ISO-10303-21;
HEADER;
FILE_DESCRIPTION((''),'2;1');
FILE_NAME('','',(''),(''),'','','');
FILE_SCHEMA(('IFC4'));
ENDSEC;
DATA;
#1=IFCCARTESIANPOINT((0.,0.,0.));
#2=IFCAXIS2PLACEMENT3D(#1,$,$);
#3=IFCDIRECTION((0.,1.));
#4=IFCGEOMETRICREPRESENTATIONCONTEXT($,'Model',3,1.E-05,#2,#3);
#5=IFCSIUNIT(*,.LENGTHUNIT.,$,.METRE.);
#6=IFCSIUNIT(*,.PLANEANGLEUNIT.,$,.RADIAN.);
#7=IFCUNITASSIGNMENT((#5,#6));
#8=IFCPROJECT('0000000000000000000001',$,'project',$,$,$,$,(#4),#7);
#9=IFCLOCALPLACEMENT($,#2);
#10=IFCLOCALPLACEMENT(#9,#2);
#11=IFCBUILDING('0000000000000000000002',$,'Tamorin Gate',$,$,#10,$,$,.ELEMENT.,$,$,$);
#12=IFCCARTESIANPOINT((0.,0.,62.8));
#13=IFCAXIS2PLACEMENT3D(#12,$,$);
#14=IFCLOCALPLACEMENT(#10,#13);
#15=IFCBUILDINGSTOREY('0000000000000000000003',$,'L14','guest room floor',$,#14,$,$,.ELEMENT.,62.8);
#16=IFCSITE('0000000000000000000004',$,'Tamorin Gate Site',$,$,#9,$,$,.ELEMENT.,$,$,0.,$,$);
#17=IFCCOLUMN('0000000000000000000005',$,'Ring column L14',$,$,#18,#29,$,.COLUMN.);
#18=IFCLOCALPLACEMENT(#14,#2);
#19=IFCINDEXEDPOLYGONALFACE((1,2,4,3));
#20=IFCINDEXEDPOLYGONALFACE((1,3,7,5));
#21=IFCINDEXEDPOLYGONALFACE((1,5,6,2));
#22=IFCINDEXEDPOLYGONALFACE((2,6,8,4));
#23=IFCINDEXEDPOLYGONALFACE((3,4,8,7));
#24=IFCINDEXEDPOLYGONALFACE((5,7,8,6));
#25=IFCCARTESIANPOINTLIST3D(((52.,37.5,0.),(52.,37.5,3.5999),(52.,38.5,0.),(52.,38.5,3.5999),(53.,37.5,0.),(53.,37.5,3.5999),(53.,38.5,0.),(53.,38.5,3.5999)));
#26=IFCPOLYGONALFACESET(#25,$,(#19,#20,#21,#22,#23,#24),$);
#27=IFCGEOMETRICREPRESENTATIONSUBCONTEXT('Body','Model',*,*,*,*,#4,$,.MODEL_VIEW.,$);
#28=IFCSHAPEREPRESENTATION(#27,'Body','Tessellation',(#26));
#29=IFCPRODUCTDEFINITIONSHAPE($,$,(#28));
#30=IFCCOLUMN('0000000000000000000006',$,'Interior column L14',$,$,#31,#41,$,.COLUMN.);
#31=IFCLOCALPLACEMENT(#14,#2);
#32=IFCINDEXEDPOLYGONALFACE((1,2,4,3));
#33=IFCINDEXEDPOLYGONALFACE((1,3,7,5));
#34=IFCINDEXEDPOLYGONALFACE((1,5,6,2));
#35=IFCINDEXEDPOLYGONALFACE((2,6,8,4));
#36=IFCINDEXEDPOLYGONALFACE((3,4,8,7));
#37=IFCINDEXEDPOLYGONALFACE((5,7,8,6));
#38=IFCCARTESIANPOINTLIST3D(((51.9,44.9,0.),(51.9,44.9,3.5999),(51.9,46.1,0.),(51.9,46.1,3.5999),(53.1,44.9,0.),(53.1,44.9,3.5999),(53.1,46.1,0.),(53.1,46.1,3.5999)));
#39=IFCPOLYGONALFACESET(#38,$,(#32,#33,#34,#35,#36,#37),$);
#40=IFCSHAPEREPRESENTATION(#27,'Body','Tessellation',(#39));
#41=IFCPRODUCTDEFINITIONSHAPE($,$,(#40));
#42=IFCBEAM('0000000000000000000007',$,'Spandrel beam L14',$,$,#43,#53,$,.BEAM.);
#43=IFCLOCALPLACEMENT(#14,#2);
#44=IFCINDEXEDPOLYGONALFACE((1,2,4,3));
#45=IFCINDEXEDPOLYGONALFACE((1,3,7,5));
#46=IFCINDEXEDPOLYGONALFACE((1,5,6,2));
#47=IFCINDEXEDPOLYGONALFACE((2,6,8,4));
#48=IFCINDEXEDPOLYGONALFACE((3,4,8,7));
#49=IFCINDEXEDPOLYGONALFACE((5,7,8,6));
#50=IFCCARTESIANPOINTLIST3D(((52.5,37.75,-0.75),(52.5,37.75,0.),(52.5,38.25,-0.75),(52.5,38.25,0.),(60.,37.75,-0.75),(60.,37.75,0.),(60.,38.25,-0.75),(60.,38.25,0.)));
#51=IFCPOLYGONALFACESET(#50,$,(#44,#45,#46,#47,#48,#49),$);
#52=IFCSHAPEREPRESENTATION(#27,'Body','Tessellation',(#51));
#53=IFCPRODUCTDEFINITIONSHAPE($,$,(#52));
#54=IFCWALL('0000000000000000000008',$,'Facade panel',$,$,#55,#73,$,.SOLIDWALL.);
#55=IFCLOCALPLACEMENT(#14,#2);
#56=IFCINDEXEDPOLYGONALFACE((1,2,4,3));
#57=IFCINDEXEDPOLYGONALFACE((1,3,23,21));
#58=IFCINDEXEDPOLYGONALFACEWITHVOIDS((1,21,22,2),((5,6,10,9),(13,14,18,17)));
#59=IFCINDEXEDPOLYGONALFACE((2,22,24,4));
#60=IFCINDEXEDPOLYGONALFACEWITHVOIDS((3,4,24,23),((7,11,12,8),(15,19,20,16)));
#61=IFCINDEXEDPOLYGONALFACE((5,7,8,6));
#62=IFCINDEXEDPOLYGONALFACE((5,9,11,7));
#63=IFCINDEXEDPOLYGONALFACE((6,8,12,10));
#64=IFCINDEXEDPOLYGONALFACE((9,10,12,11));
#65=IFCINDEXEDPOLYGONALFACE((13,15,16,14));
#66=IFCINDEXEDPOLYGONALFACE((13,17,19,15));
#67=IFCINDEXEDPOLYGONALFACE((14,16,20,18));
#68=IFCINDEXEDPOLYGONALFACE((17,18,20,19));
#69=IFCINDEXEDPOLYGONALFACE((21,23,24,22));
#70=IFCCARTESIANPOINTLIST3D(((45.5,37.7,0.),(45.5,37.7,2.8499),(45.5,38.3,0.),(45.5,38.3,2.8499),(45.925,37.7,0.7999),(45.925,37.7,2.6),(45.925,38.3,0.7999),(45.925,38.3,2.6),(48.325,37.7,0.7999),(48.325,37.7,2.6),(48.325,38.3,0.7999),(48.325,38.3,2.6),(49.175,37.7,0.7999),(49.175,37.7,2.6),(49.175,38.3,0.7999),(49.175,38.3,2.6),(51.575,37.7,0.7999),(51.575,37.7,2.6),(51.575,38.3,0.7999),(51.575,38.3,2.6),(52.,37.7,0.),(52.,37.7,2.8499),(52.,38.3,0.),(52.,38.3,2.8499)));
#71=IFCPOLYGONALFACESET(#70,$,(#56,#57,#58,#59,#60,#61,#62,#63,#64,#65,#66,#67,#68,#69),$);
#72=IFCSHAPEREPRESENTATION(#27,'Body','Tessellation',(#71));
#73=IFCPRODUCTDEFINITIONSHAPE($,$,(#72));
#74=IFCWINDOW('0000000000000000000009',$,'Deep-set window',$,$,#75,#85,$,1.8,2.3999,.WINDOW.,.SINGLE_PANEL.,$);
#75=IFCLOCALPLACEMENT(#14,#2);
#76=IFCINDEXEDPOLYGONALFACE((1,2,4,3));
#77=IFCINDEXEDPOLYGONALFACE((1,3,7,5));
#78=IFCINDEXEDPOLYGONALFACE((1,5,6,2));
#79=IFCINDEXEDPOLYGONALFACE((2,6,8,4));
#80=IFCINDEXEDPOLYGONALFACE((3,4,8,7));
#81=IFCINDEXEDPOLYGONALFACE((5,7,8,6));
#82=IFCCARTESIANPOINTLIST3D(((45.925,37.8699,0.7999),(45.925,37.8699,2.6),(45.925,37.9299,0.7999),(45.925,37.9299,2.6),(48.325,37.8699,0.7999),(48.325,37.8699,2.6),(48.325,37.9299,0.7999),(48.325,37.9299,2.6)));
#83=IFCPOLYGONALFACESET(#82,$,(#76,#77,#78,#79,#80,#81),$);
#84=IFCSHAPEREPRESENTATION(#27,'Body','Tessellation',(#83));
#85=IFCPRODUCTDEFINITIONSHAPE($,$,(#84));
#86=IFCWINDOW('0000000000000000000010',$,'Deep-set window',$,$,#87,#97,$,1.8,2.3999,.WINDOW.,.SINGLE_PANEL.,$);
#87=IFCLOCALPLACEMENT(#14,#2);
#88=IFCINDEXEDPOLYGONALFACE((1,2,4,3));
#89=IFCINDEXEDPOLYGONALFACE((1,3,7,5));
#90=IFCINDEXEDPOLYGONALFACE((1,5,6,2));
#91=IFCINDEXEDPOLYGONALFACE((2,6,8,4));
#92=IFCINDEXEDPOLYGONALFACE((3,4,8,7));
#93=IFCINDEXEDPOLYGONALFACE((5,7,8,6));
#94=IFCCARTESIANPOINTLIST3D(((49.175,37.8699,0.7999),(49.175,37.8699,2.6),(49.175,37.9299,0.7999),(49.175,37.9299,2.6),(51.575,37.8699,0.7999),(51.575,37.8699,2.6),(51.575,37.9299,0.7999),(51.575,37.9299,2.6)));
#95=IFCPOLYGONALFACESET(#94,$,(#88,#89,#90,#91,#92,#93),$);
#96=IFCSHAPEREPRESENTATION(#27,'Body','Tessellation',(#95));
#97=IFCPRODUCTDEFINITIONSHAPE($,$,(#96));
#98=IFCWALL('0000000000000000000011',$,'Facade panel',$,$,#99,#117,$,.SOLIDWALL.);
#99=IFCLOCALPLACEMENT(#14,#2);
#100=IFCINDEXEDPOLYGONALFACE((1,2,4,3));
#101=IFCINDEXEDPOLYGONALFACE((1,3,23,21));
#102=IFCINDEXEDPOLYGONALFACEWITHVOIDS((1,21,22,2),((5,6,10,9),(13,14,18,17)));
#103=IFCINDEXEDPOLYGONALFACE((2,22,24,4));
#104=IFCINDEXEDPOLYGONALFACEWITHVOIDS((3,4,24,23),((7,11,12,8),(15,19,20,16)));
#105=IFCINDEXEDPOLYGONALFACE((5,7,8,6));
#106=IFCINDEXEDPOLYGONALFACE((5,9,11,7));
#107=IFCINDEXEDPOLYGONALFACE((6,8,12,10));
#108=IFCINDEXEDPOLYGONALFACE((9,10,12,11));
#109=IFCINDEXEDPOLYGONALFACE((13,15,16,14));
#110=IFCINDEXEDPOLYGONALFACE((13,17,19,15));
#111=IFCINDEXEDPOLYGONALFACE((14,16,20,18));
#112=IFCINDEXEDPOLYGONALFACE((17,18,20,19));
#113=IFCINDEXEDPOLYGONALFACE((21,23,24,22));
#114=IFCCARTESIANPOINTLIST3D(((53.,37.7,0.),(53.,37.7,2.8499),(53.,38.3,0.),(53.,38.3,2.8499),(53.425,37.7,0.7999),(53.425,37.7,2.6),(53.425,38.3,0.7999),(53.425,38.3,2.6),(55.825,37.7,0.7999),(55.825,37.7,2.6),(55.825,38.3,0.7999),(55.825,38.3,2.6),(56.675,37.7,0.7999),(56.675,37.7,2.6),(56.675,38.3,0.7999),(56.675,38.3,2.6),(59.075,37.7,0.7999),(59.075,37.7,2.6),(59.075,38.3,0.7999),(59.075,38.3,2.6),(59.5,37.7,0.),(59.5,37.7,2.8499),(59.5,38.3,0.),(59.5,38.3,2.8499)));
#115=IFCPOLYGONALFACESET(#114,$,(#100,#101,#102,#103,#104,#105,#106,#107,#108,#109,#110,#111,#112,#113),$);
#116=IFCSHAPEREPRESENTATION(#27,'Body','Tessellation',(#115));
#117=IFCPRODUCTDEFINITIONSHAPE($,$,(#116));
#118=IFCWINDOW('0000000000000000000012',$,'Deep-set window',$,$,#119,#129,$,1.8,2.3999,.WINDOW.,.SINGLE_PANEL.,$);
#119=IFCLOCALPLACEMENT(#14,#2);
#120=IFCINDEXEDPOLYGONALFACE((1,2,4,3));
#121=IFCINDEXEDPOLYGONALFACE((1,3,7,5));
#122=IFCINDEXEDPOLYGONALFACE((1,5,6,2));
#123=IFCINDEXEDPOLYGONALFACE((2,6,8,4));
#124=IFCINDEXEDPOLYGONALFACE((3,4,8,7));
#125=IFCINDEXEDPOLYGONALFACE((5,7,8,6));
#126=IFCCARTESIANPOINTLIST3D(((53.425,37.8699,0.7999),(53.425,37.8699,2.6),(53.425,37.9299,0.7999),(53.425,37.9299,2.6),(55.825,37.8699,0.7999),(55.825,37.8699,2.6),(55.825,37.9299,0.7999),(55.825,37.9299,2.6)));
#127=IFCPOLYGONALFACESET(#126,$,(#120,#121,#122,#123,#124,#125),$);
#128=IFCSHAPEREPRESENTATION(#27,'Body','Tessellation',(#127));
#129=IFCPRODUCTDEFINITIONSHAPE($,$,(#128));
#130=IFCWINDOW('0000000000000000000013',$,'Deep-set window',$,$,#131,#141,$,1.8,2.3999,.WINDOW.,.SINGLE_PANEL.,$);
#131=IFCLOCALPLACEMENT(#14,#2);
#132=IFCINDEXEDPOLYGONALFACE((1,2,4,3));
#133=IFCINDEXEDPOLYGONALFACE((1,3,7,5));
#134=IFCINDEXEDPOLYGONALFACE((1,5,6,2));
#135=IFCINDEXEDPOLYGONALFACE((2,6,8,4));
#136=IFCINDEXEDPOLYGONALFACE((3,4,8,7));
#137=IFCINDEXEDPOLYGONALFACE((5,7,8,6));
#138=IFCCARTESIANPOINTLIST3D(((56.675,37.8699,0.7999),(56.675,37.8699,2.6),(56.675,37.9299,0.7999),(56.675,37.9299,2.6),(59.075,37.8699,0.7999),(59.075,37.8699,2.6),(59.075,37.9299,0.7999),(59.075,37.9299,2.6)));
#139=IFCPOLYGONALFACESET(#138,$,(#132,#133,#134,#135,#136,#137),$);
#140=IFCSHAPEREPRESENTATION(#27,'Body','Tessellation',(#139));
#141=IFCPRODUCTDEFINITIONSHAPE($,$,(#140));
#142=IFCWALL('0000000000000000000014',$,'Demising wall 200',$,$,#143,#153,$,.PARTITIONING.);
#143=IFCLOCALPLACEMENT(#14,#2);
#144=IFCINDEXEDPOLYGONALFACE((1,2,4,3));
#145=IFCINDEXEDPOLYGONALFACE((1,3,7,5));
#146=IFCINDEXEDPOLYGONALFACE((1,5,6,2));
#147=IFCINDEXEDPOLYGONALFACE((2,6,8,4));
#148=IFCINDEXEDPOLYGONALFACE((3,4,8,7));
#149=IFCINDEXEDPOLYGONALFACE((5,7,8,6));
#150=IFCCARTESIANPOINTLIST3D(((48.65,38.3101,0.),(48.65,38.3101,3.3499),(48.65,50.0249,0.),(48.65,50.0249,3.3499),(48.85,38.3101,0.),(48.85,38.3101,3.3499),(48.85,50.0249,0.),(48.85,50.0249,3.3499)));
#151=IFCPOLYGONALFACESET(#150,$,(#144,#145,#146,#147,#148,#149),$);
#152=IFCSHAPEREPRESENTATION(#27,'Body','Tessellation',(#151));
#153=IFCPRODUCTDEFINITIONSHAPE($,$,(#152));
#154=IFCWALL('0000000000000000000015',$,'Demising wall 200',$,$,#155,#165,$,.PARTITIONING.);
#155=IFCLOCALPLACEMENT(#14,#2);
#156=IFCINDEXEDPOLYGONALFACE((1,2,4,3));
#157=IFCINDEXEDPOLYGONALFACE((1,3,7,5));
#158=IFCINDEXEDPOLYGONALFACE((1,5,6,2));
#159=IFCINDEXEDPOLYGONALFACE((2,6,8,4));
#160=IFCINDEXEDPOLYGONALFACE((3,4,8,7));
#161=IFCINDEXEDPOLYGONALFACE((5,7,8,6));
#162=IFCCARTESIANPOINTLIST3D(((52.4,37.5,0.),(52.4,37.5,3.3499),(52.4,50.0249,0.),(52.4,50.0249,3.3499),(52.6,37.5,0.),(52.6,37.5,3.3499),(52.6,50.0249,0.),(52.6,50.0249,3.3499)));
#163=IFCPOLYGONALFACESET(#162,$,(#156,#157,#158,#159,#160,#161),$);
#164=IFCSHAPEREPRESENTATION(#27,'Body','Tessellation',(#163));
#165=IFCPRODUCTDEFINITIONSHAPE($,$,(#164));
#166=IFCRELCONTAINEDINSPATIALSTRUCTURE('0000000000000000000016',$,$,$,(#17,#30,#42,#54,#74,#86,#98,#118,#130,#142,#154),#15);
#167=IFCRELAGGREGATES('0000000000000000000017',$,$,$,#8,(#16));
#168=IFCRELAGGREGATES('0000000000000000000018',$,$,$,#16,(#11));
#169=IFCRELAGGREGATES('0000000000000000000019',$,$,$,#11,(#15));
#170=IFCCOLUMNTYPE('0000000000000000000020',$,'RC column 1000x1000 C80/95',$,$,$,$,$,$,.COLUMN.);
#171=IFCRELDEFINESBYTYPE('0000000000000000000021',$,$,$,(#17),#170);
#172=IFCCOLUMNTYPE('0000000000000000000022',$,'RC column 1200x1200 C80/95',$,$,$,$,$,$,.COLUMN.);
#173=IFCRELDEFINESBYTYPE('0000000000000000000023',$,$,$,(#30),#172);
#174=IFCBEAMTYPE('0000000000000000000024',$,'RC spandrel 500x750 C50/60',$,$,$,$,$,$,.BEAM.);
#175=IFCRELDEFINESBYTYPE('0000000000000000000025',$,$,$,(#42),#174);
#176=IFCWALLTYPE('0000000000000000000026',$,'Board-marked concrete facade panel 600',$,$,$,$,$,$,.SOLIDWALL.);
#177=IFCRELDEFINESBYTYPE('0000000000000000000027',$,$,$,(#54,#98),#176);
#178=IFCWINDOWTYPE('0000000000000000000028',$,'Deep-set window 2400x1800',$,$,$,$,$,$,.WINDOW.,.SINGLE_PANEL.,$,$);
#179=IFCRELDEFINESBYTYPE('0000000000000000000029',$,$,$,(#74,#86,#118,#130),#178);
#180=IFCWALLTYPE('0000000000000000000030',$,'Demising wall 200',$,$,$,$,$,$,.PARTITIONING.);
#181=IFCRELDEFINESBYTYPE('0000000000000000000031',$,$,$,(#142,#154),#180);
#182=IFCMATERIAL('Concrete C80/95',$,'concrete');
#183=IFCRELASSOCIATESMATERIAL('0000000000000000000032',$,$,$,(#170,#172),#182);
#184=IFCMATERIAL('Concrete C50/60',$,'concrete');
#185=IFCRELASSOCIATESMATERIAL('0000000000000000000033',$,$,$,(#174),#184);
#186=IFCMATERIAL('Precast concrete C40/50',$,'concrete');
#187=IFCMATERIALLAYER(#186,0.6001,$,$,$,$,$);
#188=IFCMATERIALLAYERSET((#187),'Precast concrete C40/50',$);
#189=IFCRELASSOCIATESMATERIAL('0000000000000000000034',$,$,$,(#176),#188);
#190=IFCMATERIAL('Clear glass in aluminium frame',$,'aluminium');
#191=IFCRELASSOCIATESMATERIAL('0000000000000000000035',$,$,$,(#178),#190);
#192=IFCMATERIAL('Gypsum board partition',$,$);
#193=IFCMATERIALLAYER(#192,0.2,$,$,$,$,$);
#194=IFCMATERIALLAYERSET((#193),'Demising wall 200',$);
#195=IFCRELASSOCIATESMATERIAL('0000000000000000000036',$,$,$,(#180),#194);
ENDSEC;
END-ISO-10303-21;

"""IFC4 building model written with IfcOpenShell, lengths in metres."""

from ifc_helpers import new_model, si_unit, direction, frame, frame_2d, origin, origin_2d, place, context, subcontext, project, spatial, rectangle, extrude, material, layer, layer_set, material_profile, profile_set, type_object, element, fill, save


model = new_model("IFC4")

# Units and contexts
model_context = context("Model", 3, precision=1e-05, world=origin(), true_north=direction((0.0, 1.0)))
body_context = subcontext(model_context, "Body", "Model", "MODEL_VIEW")
ifc_project = project(units=[si_unit("LENGTHUNIT", "METRE"), si_unit("PLANEANGLEUNIT", "RADIAN")], contexts=[model_context])

# Site, building, storey
site_placement = place(None, origin())
site = spatial("IfcSite", under=ifc_project, at=site_placement, Name="Tamorin Gate Site", CompositionType="ELEMENT", RefElevation=0.0)
building_placement = place(site_placement, origin())
building = spatial("IfcBuilding", under=site, at=building_placement, Name="Tamorin Gate", CompositionType="ELEMENT")
storey_placement = place(building_placement, frame((0.0, 0.0, 62.8)))
storey = spatial("IfcBuildingStorey", under=building, at=storey_placement, Name="L14", Description="guest room floor", CompositionType="ELEMENT", Elevation=62.8)

# Columns
ifc_material_1 = material(Name="Concrete C80/95", Category="concrete")
ifc_material_profile_1 = material_profile(ifc_material_1, rectangle(XDim=1.0, YDim=1.0, at=origin_2d()), Name="RC 1000x1000")
ifc_profile_set_1 = profile_set([ifc_material_profile_1], Name="Concrete C80/95")
column_type_1 = type_object("IfcColumnType", Name="RC column 1000x1000 C80/95", PredefinedType="COLUMN", material=ifc_profile_set_1)
column_1_placement = place(storey_placement, frame((52.5, 38.0, 0.0), z_axis=(0.0, 0.0, 1.0), x_axis=(1.0, 0.0, 0.0)))
element("IfcColumn", 1, at=column_1_placement, inside=storey, type_object=column_type_1, Name="Ring column L14", PredefinedType="COLUMN", context=body_context, shape_type="SweptSolid", body=[
    extrude(rectangle(XDim=1.0, YDim=1.0, at=origin_2d()), origin(), (0.0, 0.0, 1.0), 3.5999),
])
ifc_material_profile_2 = material_profile(ifc_material_1, rectangle(XDim=1.2, YDim=1.2, at=origin_2d()), Name="RC 1200x1200")
ifc_profile_set_2 = profile_set([ifc_material_profile_2], Name="Concrete C80/95")
column_type_2 = type_object("IfcColumnType", Name="RC column 1200x1200 C80/95", PredefinedType="COLUMN", material=ifc_profile_set_2)
column_2_placement = place(storey_placement, frame((52.5, 45.5, 0.0), z_axis=(0.0, 0.0, 1.0), x_axis=(1.0, 0.0, 0.0)))
element("IfcColumn", 2, at=column_2_placement, inside=storey, type_object=column_type_2, Name="Interior column L14", PredefinedType="COLUMN", context=body_context, shape_type="SweptSolid", body=[
    extrude(rectangle(XDim=1.2, YDim=1.2, at=origin_2d()), origin(), (0.0, 0.0, 1.0), 3.5999),
])

# Beam
ifc_material_2 = material(Name="Concrete C50/60", Category="concrete")
ifc_material_profile_3 = material_profile(ifc_material_2, rectangle(XDim=0.5, YDim=0.75, at=origin_2d()), Name="RC 500x750")
ifc_profile_set_3 = profile_set([ifc_material_profile_3], Name="Concrete C50/60")
beam_type = type_object("IfcBeamType", Name="RC spandrel 500x750 C50/60", PredefinedType="BEAM", material=ifc_profile_set_3)
beam_placement = place(storey_placement, frame((52.5, 38.0, -0.375), z_axis=(1.0, 0.0, 0.0), x_axis=(0.0, 1.0, 0.0)))
element("IfcBeam", 3, at=beam_placement, inside=storey, type_object=beam_type, Name="Spandrel beam L14", PredefinedType="BEAM", context=body_context, shape_type="SweptSolid", body=[
    extrude(rectangle(XDim=0.5, YDim=0.75, at=origin_2d()), origin(), (0.0, 0.0, 1.0), 7.5),
])

# Walls, openings, windows
ifc_material_3 = material(Name="Precast concrete C40/50", Category="concrete")
ifc_layer_1 = layer(ifc_material_3, 0.6001)
ifc_layer_set_1 = layer_set([ifc_layer_1], Name="Precast concrete C40/50")
wall_type_1 = type_object("IfcWallType", Name="Board-marked concrete facade panel 600", PredefinedType="SOLIDWALL", material=ifc_layer_set_1)
wall_1_placement = place(storey_placement, frame((45.5, 38.0, 0.0), z_axis=(0.0, 0.0, 1.0), x_axis=(1.0, 0.0, 0.0)))
wall_1 = element("IfcWall", 4, at=wall_1_placement, inside=storey, type_object=wall_type_1, Name="Facade panel", PredefinedType="SOLIDWALL", context=body_context, shape_type="SweptSolid", body=[
    extrude(rectangle(XDim=6.5, YDim=0.6001, at=frame_2d((3.25, 0.0))), origin(), (0.0, 0.0, 1.0), 2.8499),
])
opening_1_placement = place(wall_1_placement, frame((0.425, 0.0, 0.8)))
opening_1 = element("IfcOpeningElement", 5, at=opening_1_placement, cuts=wall_1, PredefinedType="OPENING", context=body_context, shape_type="SweptSolid", body=[
    extrude(rectangle(XDim=2.3999, YDim=1.8, at=frame_2d((1.2, 0.8999))), frame((0.0, 0.3101, 0.0), z_axis=(0.0, -1.0, 0.0), x_axis=(1.0, 0.0, 0.0)), (0.0, 0.0, 1.0), 0.6201),
])
opening_2_placement = place(wall_1_placement, frame((3.675, 0.0, 0.8)))
opening_2 = element("IfcOpeningElement", 6, at=opening_2_placement, cuts=wall_1, PredefinedType="OPENING", context=body_context, shape_type="SweptSolid", body=[
    extrude(rectangle(XDim=2.3999, YDim=1.8, at=frame_2d((1.2, 0.8999))), frame((0.0, 0.3101, 0.0), z_axis=(0.0, -1.0, 0.0), x_axis=(1.0, 0.0, 0.0)), (0.0, 0.0, 1.0), 0.6201),
])
ifc_material_4 = material(Name="Clear glass in aluminium frame", Category="aluminium")
window_type = type_object("IfcWindowType", Name="Deep-set window 2400x1800", PartitioningType="SINGLE_PANEL", PredefinedType="WINDOW", material=ifc_material_4)
window_1_placement = place(opening_1_placement, origin())
window_1 = element("IfcWindow", 7, at=window_1_placement, inside=storey, type_object=window_type, Name="Deep-set window", OverallHeight=1.8, OverallWidth=2.3999, PartitioningType="SINGLE_PANEL", PredefinedType="WINDOW", context=body_context, shape_type="SweptSolid", body=[
    extrude(rectangle(XDim=2.3999, YDim=1.8, at=frame_2d((1.2, 0.8999))), frame((0.0, -0.0701, 0.0), z_axis=(0.0, -1.0, 0.0), x_axis=(1.0, 0.0, 0.0)), (0.0, 0.0, 1.0), 0.0601),
])
fill(opening_1, window_1)
window_2_placement = place(opening_2_placement, origin())
window_2 = element("IfcWindow", 8, at=window_2_placement, inside=storey, type_object=window_type, Name="Deep-set window", OverallHeight=1.8, OverallWidth=2.3999, PartitioningType="SINGLE_PANEL", PredefinedType="WINDOW", context=body_context, shape_type="SweptSolid", body=[
    extrude(rectangle(XDim=2.3999, YDim=1.8, at=frame_2d((1.2, 0.8999))), frame((0.0, -0.0701, 0.0), z_axis=(0.0, -1.0, 0.0), x_axis=(1.0, 0.0, 0.0)), (0.0, 0.0, 1.0), 0.0601),
])
fill(opening_2, window_2)
wall_2_placement = place(storey_placement, frame((53.0, 38.0, 0.0), z_axis=(0.0, 0.0, 1.0), x_axis=(1.0, 0.0, 0.0)))
wall_2 = element("IfcWall", 9, at=wall_2_placement, inside=storey, type_object=wall_type_1, Name="Facade panel", PredefinedType="SOLIDWALL", context=body_context, shape_type="SweptSolid", body=[
    extrude(rectangle(XDim=6.5, YDim=0.6001, at=frame_2d((3.25, 0.0))), origin(), (0.0, 0.0, 1.0), 2.8499),
])
opening_3_placement = place(wall_2_placement, frame((0.425, 0.0, 0.8)))
opening_3 = element("IfcOpeningElement", 10, at=opening_3_placement, cuts=wall_2, PredefinedType="OPENING", context=body_context, shape_type="SweptSolid", body=[
    extrude(rectangle(XDim=2.3999, YDim=1.8, at=frame_2d((1.2, 0.8999))), frame((0.0, 0.3101, 0.0), z_axis=(0.0, -1.0, 0.0), x_axis=(1.0, 0.0, 0.0)), (0.0, 0.0, 1.0), 0.6201),
])
opening_4_placement = place(wall_2_placement, frame((3.675, 0.0, 0.8)))
opening_4 = element("IfcOpeningElement", 11, at=opening_4_placement, cuts=wall_2, PredefinedType="OPENING", context=body_context, shape_type="SweptSolid", body=[
    extrude(rectangle(XDim=2.3999, YDim=1.8, at=frame_2d((1.2, 0.8999))), frame((0.0, 0.3101, 0.0), z_axis=(0.0, -1.0, 0.0), x_axis=(1.0, 0.0, 0.0)), (0.0, 0.0, 1.0), 0.6201),
])
window_3_placement = place(opening_3_placement, origin())
window_3 = element("IfcWindow", 12, at=window_3_placement, inside=storey, type_object=window_type, Name="Deep-set window", OverallHeight=1.8, OverallWidth=2.3999, PartitioningType="SINGLE_PANEL", PredefinedType="WINDOW", context=body_context, shape_type="SweptSolid", body=[
    extrude(rectangle(XDim=2.3999, YDim=1.8, at=frame_2d((1.2, 0.8999))), frame((0.0, -0.0701, 0.0), z_axis=(0.0, -1.0, 0.0), x_axis=(1.0, 0.0, 0.0)), (0.0, 0.0, 1.0), 0.0601),
])
fill(opening_3, window_3)
window_4_placement = place(opening_4_placement, origin())
window_4 = element("IfcWindow", 13, at=window_4_placement, inside=storey, type_object=window_type, Name="Deep-set window", OverallHeight=1.8, OverallWidth=2.3999, PartitioningType="SINGLE_PANEL", PredefinedType="WINDOW", context=body_context, shape_type="SweptSolid", body=[
    extrude(rectangle(XDim=2.3999, YDim=1.8, at=frame_2d((1.2, 0.8999))), frame((0.0, -0.0701, 0.0), z_axis=(0.0, -1.0, 0.0), x_axis=(1.0, 0.0, 0.0)), (0.0, 0.0, 1.0), 0.0601),
])
fill(opening_4, window_4)

# Walls
ifc_material_5 = material(Name="Gypsum board partition")
ifc_layer_2 = layer(ifc_material_5, 0.2)
ifc_layer_set_2 = layer_set([ifc_layer_2], Name="Demising wall 200")
wall_type_2 = type_object("IfcWallType", Name="Demising wall 200", PredefinedType="PARTITIONING", material=ifc_layer_set_2)
wall_3_placement = place(storey_placement, frame((48.75, 38.3101, 0.0), z_axis=(0.0, 0.0, 1.0), x_axis=(0.0, 1.0, 0.0)))
element("IfcWall", 14, at=wall_3_placement, inside=storey, type_object=wall_type_2, Name="Demising wall 200", PredefinedType="PARTITIONING", context=body_context, shape_type="SweptSolid", body=[
    extrude(rectangle(XDim=11.7148, YDim=0.2, at=frame_2d((5.8574, 0.0))), origin(), (0.0, 0.0, 1.0), 3.3499),
])
wall_4_placement = place(storey_placement, frame((52.5, 37.5, 0.0), z_axis=(0.0, 0.0, 1.0), x_axis=(0.0, 1.0, 0.0)))
element("IfcWall", 15, at=wall_4_placement, inside=storey, type_object=wall_type_2, Name="Demising wall 200", PredefinedType="PARTITIONING", context=body_context, shape_type="SweptSolid", body=[
    extrude(rectangle(XDim=12.5249, YDim=0.2, at=frame_2d((6.2625, 0.0))), origin(), (0.0, 0.0, 1.0), 3.3499),
])

save(model, "model.ifc")
